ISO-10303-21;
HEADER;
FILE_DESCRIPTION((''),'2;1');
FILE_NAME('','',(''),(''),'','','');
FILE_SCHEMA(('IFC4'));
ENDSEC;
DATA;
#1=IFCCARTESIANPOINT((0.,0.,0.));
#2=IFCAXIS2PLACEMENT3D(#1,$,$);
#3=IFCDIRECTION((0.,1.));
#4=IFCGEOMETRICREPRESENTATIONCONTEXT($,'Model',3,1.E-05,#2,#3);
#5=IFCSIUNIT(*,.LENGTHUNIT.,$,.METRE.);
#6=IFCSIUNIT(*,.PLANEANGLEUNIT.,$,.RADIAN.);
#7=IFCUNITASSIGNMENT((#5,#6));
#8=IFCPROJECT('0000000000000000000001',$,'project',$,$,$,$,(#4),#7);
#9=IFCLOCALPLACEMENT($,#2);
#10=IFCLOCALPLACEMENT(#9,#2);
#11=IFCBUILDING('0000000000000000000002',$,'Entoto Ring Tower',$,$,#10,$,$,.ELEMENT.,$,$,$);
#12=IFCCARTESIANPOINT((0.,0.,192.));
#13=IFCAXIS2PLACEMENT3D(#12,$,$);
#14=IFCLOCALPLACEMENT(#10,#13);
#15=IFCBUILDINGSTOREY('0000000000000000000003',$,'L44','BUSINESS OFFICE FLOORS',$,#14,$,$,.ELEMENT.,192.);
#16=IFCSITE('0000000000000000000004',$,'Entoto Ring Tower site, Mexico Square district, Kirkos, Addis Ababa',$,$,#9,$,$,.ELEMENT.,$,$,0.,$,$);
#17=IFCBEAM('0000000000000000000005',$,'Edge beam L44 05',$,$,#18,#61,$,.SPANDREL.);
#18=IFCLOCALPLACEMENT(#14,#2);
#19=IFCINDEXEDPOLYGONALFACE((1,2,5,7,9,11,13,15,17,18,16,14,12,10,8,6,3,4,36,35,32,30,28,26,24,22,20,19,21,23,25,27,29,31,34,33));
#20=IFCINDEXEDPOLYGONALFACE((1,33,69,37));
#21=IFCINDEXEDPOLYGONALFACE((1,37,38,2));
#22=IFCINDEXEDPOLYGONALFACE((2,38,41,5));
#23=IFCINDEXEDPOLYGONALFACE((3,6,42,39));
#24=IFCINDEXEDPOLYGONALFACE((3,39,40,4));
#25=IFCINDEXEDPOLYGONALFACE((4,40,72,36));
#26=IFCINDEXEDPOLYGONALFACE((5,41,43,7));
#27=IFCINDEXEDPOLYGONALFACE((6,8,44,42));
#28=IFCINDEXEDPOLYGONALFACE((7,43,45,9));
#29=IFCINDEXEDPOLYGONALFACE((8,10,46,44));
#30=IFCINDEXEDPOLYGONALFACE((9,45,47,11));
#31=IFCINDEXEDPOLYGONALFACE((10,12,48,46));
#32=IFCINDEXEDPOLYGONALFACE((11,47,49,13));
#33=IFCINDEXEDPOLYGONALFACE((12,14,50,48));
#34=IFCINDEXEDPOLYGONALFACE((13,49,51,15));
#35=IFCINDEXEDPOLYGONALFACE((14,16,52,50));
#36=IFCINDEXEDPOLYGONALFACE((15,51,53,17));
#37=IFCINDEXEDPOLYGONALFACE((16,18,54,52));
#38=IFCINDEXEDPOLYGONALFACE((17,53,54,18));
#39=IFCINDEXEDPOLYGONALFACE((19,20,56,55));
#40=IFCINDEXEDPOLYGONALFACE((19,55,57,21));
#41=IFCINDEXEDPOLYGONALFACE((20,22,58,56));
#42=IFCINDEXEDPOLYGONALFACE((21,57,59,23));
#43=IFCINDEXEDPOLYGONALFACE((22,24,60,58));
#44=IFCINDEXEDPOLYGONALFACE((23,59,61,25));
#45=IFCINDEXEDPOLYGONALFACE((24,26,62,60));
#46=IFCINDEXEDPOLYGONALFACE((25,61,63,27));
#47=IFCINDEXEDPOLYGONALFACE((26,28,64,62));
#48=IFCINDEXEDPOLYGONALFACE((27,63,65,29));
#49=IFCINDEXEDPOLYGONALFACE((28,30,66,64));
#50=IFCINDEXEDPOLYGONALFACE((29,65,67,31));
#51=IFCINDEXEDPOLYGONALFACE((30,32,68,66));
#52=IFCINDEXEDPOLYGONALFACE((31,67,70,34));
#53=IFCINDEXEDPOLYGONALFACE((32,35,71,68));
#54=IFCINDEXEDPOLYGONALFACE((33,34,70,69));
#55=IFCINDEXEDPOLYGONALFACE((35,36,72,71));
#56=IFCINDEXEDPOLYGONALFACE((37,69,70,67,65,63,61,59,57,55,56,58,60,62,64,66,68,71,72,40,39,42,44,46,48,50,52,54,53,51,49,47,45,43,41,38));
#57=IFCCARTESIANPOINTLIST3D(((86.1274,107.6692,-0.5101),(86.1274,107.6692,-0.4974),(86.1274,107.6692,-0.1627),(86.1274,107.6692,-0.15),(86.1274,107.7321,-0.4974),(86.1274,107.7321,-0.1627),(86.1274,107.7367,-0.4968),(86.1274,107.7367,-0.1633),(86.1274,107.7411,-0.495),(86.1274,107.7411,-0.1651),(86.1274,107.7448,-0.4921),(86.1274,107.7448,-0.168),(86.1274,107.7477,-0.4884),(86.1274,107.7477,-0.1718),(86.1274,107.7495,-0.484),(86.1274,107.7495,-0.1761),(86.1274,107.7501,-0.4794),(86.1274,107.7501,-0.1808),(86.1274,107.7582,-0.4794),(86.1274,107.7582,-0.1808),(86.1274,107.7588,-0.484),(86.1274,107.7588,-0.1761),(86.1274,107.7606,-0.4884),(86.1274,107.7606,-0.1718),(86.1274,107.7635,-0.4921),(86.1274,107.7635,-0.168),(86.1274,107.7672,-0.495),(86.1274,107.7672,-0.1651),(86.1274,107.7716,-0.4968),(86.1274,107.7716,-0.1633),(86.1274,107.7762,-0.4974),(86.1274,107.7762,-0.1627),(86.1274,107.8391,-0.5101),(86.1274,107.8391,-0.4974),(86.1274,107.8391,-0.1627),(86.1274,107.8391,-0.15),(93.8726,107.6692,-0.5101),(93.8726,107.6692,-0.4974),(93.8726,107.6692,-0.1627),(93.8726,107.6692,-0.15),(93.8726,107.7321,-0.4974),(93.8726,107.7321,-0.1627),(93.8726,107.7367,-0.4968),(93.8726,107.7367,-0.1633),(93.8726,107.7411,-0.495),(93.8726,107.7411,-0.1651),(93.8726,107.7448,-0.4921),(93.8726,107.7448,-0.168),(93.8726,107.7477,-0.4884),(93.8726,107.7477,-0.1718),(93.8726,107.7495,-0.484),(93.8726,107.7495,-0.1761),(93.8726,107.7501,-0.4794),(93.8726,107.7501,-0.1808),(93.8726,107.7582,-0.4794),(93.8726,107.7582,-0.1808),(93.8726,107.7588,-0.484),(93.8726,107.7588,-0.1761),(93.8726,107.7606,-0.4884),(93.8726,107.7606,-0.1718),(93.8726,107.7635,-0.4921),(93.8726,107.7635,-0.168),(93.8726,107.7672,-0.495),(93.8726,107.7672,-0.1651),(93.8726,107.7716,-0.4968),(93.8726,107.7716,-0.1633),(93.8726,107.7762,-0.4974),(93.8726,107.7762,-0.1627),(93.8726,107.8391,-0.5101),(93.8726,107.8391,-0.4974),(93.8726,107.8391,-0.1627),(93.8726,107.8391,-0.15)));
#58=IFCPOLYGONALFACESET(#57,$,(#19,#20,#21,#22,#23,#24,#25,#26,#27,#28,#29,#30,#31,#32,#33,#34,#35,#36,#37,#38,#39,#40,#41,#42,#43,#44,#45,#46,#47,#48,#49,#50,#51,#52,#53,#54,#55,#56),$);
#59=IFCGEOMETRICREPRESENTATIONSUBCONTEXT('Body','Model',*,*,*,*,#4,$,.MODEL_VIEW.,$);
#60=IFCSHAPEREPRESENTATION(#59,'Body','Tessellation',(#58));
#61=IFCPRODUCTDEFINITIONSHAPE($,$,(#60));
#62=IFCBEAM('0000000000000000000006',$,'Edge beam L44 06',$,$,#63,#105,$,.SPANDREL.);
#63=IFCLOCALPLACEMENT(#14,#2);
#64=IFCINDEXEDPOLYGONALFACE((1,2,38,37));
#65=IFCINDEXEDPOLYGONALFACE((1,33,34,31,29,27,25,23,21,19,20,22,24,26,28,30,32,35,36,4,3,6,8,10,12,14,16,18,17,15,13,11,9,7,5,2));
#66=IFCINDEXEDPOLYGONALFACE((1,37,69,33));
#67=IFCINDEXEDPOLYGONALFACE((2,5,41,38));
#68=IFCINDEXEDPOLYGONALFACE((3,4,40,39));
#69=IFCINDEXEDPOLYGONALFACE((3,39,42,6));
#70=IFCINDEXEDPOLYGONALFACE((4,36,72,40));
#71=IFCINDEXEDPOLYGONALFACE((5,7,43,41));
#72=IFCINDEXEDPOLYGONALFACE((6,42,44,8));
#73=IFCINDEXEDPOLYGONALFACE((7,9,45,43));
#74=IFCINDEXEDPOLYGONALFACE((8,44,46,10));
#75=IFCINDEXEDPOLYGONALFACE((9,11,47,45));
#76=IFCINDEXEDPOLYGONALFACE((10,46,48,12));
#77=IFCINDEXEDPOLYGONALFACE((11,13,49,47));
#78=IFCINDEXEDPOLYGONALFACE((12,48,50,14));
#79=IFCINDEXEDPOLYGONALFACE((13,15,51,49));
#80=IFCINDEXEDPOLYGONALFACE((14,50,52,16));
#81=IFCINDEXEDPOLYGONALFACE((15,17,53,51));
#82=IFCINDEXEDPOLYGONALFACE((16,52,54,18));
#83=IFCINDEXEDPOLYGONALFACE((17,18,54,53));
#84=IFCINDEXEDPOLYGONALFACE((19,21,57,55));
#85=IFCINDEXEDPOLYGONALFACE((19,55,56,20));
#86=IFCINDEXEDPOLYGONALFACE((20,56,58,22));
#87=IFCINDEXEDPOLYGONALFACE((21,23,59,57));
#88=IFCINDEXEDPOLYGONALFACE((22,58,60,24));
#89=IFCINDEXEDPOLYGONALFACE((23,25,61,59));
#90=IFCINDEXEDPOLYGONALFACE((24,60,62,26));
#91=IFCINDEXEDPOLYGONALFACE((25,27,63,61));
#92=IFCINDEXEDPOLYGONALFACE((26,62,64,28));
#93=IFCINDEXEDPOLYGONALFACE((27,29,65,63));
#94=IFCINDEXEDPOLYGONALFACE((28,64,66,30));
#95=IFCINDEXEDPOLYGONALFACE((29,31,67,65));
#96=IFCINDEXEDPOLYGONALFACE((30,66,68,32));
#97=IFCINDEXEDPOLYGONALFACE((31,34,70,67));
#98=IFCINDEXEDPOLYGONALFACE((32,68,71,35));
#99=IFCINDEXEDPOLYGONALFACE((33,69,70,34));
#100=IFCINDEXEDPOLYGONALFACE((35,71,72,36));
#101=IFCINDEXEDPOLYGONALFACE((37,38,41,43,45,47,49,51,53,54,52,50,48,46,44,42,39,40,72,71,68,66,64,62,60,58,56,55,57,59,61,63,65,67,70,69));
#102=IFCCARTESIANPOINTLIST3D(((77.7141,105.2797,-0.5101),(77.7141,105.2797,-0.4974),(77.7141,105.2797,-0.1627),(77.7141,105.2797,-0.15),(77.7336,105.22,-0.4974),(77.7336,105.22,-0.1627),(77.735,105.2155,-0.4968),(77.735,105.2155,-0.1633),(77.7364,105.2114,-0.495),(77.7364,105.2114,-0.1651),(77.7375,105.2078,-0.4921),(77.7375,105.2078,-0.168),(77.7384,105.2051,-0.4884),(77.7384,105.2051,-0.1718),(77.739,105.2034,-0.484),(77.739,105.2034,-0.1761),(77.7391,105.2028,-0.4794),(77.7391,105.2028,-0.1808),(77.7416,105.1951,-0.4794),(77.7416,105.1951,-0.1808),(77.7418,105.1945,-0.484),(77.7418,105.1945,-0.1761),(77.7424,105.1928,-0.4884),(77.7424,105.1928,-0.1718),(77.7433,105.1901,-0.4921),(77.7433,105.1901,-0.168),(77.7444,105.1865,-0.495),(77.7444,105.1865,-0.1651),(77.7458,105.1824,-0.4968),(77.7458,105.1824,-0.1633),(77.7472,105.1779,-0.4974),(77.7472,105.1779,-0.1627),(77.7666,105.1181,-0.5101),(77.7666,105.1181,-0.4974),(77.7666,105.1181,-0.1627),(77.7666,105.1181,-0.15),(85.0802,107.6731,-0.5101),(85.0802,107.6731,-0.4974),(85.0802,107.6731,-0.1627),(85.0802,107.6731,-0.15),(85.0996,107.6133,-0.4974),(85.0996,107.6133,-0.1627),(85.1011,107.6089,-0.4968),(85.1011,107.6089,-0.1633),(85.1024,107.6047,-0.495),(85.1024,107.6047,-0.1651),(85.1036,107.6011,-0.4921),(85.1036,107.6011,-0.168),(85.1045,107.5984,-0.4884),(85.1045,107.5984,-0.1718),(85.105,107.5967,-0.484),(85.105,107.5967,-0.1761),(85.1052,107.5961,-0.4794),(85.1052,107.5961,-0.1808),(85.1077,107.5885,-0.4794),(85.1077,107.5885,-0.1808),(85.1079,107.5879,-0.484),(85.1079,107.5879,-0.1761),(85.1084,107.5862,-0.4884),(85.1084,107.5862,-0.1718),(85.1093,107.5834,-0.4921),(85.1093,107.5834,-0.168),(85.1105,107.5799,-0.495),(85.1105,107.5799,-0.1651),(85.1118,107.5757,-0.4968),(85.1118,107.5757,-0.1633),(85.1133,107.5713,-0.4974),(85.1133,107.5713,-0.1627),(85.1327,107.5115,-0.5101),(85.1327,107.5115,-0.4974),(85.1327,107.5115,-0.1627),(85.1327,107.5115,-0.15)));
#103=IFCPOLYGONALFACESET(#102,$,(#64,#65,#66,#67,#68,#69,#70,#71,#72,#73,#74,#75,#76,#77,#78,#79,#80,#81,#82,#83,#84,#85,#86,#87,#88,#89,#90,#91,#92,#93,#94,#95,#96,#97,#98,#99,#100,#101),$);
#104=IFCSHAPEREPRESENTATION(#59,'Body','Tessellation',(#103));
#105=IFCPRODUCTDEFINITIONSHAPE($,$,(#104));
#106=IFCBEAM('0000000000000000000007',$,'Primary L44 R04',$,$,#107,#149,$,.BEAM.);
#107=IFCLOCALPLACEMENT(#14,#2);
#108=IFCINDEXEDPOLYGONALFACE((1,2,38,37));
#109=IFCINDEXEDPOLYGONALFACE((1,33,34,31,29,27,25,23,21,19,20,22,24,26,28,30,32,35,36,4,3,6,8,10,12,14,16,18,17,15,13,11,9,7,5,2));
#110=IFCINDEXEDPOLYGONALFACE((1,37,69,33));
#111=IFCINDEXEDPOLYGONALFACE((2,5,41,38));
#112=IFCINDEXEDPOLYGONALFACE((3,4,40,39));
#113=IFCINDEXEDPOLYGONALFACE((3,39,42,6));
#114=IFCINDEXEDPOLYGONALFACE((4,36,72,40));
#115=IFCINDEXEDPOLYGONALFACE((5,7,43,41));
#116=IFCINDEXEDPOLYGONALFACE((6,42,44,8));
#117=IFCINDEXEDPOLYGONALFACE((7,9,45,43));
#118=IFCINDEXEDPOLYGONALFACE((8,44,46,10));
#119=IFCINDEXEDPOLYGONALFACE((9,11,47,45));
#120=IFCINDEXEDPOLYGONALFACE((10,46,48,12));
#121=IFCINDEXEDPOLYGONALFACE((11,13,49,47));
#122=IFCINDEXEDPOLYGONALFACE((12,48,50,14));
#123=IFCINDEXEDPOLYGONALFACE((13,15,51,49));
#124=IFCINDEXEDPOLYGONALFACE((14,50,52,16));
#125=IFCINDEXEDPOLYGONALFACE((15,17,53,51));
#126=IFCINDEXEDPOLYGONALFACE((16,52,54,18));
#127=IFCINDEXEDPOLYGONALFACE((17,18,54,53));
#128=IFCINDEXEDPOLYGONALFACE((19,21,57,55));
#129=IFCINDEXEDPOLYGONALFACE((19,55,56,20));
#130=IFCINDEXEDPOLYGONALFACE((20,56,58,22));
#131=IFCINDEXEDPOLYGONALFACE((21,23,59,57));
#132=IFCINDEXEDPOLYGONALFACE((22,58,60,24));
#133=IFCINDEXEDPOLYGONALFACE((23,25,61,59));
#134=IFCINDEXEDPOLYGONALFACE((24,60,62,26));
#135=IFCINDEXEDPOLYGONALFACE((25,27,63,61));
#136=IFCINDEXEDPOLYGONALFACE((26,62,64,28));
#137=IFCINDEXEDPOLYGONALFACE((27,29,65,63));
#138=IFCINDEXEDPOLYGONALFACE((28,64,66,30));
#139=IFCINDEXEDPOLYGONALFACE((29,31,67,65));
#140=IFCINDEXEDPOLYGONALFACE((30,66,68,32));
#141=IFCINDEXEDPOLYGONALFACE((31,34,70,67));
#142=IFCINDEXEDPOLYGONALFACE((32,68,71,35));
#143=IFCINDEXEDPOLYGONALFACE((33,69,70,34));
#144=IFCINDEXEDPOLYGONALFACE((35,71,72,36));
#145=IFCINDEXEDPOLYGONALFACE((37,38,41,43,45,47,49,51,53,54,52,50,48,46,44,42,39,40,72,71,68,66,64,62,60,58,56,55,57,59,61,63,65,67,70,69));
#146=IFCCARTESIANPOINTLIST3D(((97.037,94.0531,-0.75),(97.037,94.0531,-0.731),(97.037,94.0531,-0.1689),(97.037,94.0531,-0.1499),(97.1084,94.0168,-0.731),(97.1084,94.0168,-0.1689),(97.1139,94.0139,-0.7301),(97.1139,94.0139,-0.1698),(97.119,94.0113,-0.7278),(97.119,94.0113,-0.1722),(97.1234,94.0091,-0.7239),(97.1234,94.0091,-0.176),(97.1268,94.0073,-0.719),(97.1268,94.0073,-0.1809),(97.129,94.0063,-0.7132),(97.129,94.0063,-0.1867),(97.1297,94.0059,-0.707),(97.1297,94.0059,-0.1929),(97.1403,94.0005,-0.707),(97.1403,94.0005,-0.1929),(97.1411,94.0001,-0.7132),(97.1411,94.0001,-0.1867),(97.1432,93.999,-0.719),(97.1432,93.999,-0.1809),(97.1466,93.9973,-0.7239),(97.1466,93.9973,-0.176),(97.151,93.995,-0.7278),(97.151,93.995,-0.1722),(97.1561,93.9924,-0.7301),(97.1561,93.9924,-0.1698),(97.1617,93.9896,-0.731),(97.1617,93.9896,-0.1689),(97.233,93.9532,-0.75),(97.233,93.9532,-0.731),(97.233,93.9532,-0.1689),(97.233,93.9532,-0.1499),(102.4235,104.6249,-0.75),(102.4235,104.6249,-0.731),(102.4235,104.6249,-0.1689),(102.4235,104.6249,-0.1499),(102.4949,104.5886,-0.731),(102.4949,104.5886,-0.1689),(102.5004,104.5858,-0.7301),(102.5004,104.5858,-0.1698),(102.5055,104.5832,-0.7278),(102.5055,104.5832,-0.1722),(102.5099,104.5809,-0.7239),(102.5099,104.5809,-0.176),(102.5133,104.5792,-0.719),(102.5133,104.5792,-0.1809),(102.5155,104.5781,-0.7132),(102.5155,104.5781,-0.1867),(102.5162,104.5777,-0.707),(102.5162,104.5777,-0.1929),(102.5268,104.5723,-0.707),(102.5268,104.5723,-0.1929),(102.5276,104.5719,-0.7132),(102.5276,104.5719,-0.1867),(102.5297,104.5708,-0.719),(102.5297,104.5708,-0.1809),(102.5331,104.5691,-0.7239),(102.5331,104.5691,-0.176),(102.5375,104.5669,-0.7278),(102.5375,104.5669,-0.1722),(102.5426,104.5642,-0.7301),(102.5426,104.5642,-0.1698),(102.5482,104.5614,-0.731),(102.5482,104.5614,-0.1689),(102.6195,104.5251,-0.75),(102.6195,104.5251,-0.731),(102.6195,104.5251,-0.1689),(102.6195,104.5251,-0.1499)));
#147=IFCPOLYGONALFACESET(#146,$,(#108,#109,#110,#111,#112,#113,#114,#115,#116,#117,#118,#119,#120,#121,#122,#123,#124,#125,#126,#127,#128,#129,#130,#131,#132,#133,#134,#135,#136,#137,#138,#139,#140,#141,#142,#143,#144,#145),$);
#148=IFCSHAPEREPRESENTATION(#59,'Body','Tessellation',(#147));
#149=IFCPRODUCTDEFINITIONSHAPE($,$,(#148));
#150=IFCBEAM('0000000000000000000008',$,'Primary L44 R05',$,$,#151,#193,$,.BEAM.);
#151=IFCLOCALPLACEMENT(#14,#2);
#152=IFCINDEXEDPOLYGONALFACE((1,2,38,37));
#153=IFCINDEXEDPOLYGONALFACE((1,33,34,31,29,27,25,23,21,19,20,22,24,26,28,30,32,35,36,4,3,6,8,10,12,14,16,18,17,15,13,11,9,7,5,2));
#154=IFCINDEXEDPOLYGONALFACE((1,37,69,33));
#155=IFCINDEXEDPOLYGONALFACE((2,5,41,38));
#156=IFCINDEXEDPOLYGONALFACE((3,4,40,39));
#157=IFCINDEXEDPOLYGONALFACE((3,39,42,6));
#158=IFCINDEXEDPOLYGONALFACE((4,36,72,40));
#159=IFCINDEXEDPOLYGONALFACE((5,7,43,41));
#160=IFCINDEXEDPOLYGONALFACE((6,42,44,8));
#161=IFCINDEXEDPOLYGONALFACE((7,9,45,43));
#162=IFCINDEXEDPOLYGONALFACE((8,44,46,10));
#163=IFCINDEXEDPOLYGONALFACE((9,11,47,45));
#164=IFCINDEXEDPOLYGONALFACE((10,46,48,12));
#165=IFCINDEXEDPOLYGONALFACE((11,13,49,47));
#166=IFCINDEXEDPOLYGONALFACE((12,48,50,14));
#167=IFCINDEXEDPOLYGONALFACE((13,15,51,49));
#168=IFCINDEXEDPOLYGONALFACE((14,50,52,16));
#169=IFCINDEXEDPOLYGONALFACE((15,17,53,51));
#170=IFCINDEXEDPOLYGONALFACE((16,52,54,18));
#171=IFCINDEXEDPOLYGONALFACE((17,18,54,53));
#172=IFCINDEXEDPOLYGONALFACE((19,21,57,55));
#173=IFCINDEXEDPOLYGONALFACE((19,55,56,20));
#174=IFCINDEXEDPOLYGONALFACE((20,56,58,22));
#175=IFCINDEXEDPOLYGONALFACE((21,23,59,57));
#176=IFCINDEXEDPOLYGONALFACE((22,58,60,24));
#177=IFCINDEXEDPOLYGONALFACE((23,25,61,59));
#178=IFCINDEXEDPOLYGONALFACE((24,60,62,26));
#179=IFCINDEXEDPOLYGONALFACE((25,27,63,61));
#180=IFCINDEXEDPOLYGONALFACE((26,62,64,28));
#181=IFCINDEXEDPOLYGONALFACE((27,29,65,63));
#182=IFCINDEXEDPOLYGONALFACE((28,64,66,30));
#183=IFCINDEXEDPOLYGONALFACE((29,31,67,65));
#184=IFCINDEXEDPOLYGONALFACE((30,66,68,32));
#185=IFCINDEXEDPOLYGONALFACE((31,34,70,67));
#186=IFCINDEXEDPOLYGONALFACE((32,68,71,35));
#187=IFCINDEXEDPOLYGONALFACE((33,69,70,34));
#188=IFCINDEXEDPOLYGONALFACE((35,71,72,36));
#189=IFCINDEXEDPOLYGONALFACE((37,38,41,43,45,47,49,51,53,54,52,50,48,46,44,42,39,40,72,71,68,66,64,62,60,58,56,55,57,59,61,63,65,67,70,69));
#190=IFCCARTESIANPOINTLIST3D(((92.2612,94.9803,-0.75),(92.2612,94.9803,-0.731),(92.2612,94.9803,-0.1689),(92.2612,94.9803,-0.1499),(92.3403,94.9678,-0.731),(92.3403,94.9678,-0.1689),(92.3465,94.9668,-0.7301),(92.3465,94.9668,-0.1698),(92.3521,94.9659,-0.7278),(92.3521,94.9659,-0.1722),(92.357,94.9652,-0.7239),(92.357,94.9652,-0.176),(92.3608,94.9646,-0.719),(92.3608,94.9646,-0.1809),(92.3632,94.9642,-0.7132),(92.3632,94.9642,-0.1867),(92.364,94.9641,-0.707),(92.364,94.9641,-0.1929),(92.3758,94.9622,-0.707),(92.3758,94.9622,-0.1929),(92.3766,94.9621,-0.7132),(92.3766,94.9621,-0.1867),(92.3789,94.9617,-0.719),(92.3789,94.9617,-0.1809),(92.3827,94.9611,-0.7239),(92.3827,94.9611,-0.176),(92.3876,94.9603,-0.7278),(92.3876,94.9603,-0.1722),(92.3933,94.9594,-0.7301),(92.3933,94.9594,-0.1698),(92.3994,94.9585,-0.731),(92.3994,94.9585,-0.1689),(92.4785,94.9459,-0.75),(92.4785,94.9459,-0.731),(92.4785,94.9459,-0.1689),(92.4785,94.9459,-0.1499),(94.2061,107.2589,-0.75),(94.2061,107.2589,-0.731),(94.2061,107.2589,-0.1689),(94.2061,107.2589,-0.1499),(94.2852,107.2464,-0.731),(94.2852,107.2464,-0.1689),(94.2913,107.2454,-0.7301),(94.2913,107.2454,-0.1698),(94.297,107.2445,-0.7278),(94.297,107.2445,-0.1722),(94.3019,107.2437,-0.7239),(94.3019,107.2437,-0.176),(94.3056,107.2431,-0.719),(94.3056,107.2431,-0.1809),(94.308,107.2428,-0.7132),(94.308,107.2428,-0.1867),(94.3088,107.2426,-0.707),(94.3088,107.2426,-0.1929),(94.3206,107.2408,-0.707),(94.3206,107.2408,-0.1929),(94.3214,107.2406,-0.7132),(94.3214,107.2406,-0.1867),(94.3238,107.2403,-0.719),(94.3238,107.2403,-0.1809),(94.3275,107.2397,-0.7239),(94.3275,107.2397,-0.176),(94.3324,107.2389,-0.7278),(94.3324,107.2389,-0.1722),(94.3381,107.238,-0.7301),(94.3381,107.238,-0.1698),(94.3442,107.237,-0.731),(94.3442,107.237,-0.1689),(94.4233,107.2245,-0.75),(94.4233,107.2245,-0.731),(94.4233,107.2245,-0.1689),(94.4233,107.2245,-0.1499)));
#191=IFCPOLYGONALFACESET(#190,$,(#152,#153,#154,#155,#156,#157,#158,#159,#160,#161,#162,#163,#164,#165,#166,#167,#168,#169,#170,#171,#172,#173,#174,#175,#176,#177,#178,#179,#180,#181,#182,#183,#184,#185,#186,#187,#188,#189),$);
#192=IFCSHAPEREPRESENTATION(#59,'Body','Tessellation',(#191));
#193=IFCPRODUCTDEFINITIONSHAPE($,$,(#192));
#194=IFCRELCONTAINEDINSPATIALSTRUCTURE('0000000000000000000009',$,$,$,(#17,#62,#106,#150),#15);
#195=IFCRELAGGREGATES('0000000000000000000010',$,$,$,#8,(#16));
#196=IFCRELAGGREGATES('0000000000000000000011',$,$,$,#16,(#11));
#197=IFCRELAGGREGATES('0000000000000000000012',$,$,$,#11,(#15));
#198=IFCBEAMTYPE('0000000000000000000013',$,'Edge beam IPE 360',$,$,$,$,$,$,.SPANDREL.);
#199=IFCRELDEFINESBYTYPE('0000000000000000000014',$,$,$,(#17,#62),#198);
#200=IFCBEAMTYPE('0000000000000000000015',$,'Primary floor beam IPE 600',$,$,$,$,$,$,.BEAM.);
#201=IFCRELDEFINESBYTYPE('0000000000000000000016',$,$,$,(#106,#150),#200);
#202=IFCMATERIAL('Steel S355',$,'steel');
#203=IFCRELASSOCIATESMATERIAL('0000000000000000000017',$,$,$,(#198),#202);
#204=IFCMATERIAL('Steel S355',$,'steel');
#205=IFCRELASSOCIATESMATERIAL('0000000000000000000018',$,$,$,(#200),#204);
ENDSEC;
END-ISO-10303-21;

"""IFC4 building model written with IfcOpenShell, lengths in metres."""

from ifc_helpers import new_model, si_unit, direction, frame, origin, origin_2d, place, context, subcontext, project, spatial, i_section, extrude, material, material_profile, profile_set, type_object, element, save


model = new_model("IFC4")

# Units and contexts
model_context = context("Model", 3, precision=1e-05, world=origin(), true_north=direction((0.0, 1.0)))
body_context = subcontext(model_context, "Body", "Model", "MODEL_VIEW")
ifc_project = project(units=[si_unit("LENGTHUNIT", "METRE"), si_unit("PLANEANGLEUNIT", "RADIAN")], contexts=[model_context])

# Site, building, storey
site_placement = place(None, origin())
site = spatial("IfcSite", under=ifc_project, at=site_placement, Name="Entoto Ring Tower site, Mexico Square district, Kirkos, Addis Ababa", CompositionType="ELEMENT", RefElevation=0.0)
building_placement = place(site_placement, origin())
building = spatial("IfcBuilding", under=site, at=building_placement, Name="Entoto Ring Tower", CompositionType="ELEMENT")
storey_placement = place(building_placement, frame((0.0, 0.0, 192.0)))
storey = spatial("IfcBuildingStorey", under=building, at=storey_placement, Name="L44", Description="BUSINESS OFFICE FLOORS", CompositionType="ELEMENT", Elevation=192.0)

# Beams
ifc_material_1 = material(Name="Steel S355", Category="steel")
ifc_material_profile_1 = material_profile(ifc_material_1, i_section(OverallWidth=0.1699, OverallDepth=0.3601, WebThickness=0.0081, FlangeThickness=0.0127, FilletRadius=0.0181, at=origin_2d()), Name="IPE 360")
ifc_profile_set_1 = profile_set([ifc_material_profile_1], Name="Steel S355")
beam_type_1 = type_object("IfcBeamType", Name="Edge beam IPE 360", PredefinedType="SPANDREL", material=ifc_profile_set_1)
for number, where, z_axis, x_axis, name in (
    (1, (93.8726, 107.7542, -0.3301), (-1.0, 0.0, 0.0), (0.0, -1.0, 0.0), "Edge beam L44 05"),
    (2, (85.1064, 107.5923, -0.3301), (-0.951058, -0.309013, 0.0), (0.309013, -0.951058, 0.0), "Edge beam L44 06"),
):
    element("IfcBeam", number, at=place(storey_placement, frame(where, z_axis=z_axis, x_axis=x_axis)), inside=storey, type_object=beam_type_1, Name=name, PredefinedType="SPANDREL", context=body_context, shape_type="SweptSolid", body=[
        extrude(i_section(OverallWidth=0.1699, OverallDepth=0.3601, WebThickness=0.0081, FlangeThickness=0.0127, FilletRadius=0.0181, at=origin_2d()), origin(), (0.0, 0.0, 1.0), 7.7451),
    ])
ifc_material_2 = material(Name="Steel S355", Category="steel")
ifc_material_profile_2 = material_profile(ifc_material_2, i_section(OverallWidth=0.22, OverallDepth=0.6001, WebThickness=0.012, FlangeThickness=0.019, FilletRadius=0.0239, at=origin_2d()), Name="IPE 600")
ifc_profile_set_2 = profile_set([ifc_material_profile_2], Name="Steel S355")
beam_type_2 = type_object("IfcBeamType", Name="Primary floor beam IPE 600", PredefinedType="BEAM", material=ifc_profile_set_2)
beam_1_placement = place(storey_placement, frame((97.135, 94.0032, -0.45), z_axis=(0.453983, 0.89101, 0.0), x_axis=(-0.89101, 0.453983, 0.0)))
element("IfcBeam", 3, at=beam_1_placement, inside=storey, type_object=beam_type_2, Name="Primary L44 R04", PredefinedType="BEAM", context=body_context, shape_type="SweptSolid", body=[
    extrude(i_section(OverallWidth=0.22, OverallDepth=0.6001, WebThickness=0.012, FlangeThickness=0.019, FilletRadius=0.0239, at=origin_2d()), origin(), (0.0, 0.0, 1.0), 11.865),
])
for number, where, z_axis, x_axis, name in (
    (4, (92.3699, 94.9631, -0.45), (0.156442, 0.987687, 0.0), (-0.987687, 0.156442, 0.0), "Primary L44 R05"),
):
    element("IfcBeam", number, at=place(storey_placement, frame(where, z_axis=z_axis, x_axis=x_axis)), inside=storey, type_object=beam_type_2, Name=name, PredefinedType="BEAM", context=body_context, shape_type="SweptSolid", body=[
        extrude(i_section(OverallWidth=0.22, OverallDepth=0.6001, WebThickness=0.012, FlangeThickness=0.019, FilletRadius=0.0239, at=origin_2d()), origin(), (0.0, 0.0, 1.0), 12.4316),
    ])

save(model, "model.ifc")
